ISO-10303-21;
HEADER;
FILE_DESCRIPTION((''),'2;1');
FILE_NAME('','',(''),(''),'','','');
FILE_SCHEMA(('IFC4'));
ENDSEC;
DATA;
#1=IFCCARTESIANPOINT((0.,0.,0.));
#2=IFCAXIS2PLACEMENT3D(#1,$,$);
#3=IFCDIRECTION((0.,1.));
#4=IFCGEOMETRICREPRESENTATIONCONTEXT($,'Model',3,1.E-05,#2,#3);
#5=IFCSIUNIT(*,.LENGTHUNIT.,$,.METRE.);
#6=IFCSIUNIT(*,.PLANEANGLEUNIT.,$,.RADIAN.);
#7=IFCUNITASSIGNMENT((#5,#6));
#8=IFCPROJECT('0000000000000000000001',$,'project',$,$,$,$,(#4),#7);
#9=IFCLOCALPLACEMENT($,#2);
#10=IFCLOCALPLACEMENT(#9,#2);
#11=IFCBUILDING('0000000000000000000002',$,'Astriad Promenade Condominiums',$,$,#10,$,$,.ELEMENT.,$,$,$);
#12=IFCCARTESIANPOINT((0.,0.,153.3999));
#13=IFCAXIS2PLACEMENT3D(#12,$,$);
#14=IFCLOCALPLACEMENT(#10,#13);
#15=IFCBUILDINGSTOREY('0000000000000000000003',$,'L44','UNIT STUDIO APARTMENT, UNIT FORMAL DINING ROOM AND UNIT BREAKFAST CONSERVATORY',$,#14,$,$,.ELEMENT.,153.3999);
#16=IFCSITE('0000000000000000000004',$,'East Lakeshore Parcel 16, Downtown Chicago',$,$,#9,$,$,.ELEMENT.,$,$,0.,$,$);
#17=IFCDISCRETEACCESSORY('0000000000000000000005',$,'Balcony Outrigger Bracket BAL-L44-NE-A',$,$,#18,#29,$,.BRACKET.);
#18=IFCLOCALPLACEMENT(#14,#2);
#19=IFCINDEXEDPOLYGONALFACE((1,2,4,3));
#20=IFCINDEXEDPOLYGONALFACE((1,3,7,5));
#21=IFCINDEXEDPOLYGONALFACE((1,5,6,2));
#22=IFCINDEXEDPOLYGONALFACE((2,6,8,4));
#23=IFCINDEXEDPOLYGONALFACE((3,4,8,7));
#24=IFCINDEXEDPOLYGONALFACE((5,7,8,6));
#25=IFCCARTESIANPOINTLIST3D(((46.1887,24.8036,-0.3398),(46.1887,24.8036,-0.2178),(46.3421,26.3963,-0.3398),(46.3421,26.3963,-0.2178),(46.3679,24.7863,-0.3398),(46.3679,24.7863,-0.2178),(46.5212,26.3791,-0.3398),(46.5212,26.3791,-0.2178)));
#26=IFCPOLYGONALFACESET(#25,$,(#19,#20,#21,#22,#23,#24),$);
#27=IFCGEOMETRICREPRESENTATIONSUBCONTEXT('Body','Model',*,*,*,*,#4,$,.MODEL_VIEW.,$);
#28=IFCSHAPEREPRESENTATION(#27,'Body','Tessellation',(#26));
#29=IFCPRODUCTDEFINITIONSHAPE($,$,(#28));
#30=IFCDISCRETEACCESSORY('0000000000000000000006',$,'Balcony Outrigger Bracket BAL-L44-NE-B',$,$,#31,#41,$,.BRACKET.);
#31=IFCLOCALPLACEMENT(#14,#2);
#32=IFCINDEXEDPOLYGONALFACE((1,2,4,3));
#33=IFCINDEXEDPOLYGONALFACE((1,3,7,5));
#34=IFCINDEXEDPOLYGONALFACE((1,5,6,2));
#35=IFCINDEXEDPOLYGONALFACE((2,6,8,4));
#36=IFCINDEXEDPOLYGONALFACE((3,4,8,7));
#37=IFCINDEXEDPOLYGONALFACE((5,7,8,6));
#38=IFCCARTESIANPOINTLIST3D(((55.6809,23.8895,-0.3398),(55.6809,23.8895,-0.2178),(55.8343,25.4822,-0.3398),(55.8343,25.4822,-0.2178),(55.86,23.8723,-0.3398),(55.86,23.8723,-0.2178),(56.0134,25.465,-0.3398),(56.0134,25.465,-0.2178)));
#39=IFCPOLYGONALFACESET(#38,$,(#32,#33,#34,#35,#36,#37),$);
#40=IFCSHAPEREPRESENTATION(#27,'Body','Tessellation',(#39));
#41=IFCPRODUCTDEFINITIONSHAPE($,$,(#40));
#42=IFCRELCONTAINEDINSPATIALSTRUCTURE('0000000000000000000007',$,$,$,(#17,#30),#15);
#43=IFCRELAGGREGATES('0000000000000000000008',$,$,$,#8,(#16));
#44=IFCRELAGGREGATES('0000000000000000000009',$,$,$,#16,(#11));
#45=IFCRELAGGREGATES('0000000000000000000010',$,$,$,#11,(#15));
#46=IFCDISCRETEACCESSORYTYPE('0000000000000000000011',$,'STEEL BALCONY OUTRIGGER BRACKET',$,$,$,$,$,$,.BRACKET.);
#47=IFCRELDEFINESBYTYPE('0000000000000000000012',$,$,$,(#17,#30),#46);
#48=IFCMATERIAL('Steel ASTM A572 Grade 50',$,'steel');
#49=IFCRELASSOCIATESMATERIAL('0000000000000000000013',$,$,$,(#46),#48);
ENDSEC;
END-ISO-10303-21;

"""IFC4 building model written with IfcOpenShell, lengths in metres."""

from ifc_helpers import new_model, si_unit, direction, frame, origin, origin_2d, place, context, subcontext, project, spatial, rectangle, extrude, source, transform, mapped, material, type_object, type_shapes, element, save


model = new_model("IFC4")

# Units and contexts
model_context = context("Model", 3, precision=1e-05, world=origin(), true_north=direction((0.0, 1.0)))
body_context = subcontext(model_context, "Body", "Model", "MODEL_VIEW")
ifc_project = project(units=[si_unit("LENGTHUNIT", "METRE"), si_unit("PLANEANGLEUNIT", "RADIAN")], contexts=[model_context])

# Site, building, storey
site_placement = place(None, origin())
site = spatial("IfcSite", under=ifc_project, at=site_placement, Name="East Lakeshore Parcel 16, Downtown Chicago", CompositionType="ELEMENT", RefElevation=0.0)
building_placement = place(site_placement, origin())
building = spatial("IfcBuilding", under=site, at=building_placement, Name="Astriad Promenade Condominiums", CompositionType="ELEMENT")
storey_placement = place(building_placement, frame((0.0, 0.0, 153.3999)))
storey = spatial("IfcBuildingStorey", under=building, at=storey_placement, Name="L44", Description="UNIT STUDIO APARTMENT, UNIT FORMAL DINING ROOM AND UNIT BREAKFAST CONSERVATORY", CompositionType="ELEMENT", Elevation=153.3999)

# Discrete accessories
ifc_material_1 = material(Name="Steel ASTM A572 Grade 50", Category="steel")
discrete_accessory_type = type_object("IfcDiscreteAccessoryType", Name="STEEL BALCONY OUTRIGGER BRACKET", PredefinedType="BRACKET", material=ifc_material_1)
shared_shape_1 = source(origin(), body_context, "Body", "SweptSolid", [
    extrude(rectangle(XDim=1.6001, YDim=0.1799, at=origin_2d()), origin(), (0.0, 0.0, 1.0), 0.1221),
])
type_shapes(discrete_accessory_type, [shared_shape_1])
for number, where, z_axis, x_axis, name in (
    (1, (46.355, 25.5913, -0.3398), (0.0, 0.0, 1.0), (0.095846, 0.995396, 0.0), "Balcony Outrigger Bracket BAL-L44-NE-A"),
    (2, (55.8472, 24.6772, -0.3398), (0.0, 0.0, 1.0), (0.095846, 0.995396, 0.0), "Balcony Outrigger Bracket BAL-L44-NE-B"),
):
    element("IfcDiscreteAccessory", number, at=place(storey_placement, frame(where, z_axis=z_axis, x_axis=x_axis)), inside=storey, type_object=discrete_accessory_type, Name=name, PredefinedType="BRACKET", context=body_context, shape_type="MappedRepresentation", body=[
        mapped(shared_shape_1, transform((0.0, 0.0, 0.0), scale=1.0)),
    ])

save(model, "model.ifc")
